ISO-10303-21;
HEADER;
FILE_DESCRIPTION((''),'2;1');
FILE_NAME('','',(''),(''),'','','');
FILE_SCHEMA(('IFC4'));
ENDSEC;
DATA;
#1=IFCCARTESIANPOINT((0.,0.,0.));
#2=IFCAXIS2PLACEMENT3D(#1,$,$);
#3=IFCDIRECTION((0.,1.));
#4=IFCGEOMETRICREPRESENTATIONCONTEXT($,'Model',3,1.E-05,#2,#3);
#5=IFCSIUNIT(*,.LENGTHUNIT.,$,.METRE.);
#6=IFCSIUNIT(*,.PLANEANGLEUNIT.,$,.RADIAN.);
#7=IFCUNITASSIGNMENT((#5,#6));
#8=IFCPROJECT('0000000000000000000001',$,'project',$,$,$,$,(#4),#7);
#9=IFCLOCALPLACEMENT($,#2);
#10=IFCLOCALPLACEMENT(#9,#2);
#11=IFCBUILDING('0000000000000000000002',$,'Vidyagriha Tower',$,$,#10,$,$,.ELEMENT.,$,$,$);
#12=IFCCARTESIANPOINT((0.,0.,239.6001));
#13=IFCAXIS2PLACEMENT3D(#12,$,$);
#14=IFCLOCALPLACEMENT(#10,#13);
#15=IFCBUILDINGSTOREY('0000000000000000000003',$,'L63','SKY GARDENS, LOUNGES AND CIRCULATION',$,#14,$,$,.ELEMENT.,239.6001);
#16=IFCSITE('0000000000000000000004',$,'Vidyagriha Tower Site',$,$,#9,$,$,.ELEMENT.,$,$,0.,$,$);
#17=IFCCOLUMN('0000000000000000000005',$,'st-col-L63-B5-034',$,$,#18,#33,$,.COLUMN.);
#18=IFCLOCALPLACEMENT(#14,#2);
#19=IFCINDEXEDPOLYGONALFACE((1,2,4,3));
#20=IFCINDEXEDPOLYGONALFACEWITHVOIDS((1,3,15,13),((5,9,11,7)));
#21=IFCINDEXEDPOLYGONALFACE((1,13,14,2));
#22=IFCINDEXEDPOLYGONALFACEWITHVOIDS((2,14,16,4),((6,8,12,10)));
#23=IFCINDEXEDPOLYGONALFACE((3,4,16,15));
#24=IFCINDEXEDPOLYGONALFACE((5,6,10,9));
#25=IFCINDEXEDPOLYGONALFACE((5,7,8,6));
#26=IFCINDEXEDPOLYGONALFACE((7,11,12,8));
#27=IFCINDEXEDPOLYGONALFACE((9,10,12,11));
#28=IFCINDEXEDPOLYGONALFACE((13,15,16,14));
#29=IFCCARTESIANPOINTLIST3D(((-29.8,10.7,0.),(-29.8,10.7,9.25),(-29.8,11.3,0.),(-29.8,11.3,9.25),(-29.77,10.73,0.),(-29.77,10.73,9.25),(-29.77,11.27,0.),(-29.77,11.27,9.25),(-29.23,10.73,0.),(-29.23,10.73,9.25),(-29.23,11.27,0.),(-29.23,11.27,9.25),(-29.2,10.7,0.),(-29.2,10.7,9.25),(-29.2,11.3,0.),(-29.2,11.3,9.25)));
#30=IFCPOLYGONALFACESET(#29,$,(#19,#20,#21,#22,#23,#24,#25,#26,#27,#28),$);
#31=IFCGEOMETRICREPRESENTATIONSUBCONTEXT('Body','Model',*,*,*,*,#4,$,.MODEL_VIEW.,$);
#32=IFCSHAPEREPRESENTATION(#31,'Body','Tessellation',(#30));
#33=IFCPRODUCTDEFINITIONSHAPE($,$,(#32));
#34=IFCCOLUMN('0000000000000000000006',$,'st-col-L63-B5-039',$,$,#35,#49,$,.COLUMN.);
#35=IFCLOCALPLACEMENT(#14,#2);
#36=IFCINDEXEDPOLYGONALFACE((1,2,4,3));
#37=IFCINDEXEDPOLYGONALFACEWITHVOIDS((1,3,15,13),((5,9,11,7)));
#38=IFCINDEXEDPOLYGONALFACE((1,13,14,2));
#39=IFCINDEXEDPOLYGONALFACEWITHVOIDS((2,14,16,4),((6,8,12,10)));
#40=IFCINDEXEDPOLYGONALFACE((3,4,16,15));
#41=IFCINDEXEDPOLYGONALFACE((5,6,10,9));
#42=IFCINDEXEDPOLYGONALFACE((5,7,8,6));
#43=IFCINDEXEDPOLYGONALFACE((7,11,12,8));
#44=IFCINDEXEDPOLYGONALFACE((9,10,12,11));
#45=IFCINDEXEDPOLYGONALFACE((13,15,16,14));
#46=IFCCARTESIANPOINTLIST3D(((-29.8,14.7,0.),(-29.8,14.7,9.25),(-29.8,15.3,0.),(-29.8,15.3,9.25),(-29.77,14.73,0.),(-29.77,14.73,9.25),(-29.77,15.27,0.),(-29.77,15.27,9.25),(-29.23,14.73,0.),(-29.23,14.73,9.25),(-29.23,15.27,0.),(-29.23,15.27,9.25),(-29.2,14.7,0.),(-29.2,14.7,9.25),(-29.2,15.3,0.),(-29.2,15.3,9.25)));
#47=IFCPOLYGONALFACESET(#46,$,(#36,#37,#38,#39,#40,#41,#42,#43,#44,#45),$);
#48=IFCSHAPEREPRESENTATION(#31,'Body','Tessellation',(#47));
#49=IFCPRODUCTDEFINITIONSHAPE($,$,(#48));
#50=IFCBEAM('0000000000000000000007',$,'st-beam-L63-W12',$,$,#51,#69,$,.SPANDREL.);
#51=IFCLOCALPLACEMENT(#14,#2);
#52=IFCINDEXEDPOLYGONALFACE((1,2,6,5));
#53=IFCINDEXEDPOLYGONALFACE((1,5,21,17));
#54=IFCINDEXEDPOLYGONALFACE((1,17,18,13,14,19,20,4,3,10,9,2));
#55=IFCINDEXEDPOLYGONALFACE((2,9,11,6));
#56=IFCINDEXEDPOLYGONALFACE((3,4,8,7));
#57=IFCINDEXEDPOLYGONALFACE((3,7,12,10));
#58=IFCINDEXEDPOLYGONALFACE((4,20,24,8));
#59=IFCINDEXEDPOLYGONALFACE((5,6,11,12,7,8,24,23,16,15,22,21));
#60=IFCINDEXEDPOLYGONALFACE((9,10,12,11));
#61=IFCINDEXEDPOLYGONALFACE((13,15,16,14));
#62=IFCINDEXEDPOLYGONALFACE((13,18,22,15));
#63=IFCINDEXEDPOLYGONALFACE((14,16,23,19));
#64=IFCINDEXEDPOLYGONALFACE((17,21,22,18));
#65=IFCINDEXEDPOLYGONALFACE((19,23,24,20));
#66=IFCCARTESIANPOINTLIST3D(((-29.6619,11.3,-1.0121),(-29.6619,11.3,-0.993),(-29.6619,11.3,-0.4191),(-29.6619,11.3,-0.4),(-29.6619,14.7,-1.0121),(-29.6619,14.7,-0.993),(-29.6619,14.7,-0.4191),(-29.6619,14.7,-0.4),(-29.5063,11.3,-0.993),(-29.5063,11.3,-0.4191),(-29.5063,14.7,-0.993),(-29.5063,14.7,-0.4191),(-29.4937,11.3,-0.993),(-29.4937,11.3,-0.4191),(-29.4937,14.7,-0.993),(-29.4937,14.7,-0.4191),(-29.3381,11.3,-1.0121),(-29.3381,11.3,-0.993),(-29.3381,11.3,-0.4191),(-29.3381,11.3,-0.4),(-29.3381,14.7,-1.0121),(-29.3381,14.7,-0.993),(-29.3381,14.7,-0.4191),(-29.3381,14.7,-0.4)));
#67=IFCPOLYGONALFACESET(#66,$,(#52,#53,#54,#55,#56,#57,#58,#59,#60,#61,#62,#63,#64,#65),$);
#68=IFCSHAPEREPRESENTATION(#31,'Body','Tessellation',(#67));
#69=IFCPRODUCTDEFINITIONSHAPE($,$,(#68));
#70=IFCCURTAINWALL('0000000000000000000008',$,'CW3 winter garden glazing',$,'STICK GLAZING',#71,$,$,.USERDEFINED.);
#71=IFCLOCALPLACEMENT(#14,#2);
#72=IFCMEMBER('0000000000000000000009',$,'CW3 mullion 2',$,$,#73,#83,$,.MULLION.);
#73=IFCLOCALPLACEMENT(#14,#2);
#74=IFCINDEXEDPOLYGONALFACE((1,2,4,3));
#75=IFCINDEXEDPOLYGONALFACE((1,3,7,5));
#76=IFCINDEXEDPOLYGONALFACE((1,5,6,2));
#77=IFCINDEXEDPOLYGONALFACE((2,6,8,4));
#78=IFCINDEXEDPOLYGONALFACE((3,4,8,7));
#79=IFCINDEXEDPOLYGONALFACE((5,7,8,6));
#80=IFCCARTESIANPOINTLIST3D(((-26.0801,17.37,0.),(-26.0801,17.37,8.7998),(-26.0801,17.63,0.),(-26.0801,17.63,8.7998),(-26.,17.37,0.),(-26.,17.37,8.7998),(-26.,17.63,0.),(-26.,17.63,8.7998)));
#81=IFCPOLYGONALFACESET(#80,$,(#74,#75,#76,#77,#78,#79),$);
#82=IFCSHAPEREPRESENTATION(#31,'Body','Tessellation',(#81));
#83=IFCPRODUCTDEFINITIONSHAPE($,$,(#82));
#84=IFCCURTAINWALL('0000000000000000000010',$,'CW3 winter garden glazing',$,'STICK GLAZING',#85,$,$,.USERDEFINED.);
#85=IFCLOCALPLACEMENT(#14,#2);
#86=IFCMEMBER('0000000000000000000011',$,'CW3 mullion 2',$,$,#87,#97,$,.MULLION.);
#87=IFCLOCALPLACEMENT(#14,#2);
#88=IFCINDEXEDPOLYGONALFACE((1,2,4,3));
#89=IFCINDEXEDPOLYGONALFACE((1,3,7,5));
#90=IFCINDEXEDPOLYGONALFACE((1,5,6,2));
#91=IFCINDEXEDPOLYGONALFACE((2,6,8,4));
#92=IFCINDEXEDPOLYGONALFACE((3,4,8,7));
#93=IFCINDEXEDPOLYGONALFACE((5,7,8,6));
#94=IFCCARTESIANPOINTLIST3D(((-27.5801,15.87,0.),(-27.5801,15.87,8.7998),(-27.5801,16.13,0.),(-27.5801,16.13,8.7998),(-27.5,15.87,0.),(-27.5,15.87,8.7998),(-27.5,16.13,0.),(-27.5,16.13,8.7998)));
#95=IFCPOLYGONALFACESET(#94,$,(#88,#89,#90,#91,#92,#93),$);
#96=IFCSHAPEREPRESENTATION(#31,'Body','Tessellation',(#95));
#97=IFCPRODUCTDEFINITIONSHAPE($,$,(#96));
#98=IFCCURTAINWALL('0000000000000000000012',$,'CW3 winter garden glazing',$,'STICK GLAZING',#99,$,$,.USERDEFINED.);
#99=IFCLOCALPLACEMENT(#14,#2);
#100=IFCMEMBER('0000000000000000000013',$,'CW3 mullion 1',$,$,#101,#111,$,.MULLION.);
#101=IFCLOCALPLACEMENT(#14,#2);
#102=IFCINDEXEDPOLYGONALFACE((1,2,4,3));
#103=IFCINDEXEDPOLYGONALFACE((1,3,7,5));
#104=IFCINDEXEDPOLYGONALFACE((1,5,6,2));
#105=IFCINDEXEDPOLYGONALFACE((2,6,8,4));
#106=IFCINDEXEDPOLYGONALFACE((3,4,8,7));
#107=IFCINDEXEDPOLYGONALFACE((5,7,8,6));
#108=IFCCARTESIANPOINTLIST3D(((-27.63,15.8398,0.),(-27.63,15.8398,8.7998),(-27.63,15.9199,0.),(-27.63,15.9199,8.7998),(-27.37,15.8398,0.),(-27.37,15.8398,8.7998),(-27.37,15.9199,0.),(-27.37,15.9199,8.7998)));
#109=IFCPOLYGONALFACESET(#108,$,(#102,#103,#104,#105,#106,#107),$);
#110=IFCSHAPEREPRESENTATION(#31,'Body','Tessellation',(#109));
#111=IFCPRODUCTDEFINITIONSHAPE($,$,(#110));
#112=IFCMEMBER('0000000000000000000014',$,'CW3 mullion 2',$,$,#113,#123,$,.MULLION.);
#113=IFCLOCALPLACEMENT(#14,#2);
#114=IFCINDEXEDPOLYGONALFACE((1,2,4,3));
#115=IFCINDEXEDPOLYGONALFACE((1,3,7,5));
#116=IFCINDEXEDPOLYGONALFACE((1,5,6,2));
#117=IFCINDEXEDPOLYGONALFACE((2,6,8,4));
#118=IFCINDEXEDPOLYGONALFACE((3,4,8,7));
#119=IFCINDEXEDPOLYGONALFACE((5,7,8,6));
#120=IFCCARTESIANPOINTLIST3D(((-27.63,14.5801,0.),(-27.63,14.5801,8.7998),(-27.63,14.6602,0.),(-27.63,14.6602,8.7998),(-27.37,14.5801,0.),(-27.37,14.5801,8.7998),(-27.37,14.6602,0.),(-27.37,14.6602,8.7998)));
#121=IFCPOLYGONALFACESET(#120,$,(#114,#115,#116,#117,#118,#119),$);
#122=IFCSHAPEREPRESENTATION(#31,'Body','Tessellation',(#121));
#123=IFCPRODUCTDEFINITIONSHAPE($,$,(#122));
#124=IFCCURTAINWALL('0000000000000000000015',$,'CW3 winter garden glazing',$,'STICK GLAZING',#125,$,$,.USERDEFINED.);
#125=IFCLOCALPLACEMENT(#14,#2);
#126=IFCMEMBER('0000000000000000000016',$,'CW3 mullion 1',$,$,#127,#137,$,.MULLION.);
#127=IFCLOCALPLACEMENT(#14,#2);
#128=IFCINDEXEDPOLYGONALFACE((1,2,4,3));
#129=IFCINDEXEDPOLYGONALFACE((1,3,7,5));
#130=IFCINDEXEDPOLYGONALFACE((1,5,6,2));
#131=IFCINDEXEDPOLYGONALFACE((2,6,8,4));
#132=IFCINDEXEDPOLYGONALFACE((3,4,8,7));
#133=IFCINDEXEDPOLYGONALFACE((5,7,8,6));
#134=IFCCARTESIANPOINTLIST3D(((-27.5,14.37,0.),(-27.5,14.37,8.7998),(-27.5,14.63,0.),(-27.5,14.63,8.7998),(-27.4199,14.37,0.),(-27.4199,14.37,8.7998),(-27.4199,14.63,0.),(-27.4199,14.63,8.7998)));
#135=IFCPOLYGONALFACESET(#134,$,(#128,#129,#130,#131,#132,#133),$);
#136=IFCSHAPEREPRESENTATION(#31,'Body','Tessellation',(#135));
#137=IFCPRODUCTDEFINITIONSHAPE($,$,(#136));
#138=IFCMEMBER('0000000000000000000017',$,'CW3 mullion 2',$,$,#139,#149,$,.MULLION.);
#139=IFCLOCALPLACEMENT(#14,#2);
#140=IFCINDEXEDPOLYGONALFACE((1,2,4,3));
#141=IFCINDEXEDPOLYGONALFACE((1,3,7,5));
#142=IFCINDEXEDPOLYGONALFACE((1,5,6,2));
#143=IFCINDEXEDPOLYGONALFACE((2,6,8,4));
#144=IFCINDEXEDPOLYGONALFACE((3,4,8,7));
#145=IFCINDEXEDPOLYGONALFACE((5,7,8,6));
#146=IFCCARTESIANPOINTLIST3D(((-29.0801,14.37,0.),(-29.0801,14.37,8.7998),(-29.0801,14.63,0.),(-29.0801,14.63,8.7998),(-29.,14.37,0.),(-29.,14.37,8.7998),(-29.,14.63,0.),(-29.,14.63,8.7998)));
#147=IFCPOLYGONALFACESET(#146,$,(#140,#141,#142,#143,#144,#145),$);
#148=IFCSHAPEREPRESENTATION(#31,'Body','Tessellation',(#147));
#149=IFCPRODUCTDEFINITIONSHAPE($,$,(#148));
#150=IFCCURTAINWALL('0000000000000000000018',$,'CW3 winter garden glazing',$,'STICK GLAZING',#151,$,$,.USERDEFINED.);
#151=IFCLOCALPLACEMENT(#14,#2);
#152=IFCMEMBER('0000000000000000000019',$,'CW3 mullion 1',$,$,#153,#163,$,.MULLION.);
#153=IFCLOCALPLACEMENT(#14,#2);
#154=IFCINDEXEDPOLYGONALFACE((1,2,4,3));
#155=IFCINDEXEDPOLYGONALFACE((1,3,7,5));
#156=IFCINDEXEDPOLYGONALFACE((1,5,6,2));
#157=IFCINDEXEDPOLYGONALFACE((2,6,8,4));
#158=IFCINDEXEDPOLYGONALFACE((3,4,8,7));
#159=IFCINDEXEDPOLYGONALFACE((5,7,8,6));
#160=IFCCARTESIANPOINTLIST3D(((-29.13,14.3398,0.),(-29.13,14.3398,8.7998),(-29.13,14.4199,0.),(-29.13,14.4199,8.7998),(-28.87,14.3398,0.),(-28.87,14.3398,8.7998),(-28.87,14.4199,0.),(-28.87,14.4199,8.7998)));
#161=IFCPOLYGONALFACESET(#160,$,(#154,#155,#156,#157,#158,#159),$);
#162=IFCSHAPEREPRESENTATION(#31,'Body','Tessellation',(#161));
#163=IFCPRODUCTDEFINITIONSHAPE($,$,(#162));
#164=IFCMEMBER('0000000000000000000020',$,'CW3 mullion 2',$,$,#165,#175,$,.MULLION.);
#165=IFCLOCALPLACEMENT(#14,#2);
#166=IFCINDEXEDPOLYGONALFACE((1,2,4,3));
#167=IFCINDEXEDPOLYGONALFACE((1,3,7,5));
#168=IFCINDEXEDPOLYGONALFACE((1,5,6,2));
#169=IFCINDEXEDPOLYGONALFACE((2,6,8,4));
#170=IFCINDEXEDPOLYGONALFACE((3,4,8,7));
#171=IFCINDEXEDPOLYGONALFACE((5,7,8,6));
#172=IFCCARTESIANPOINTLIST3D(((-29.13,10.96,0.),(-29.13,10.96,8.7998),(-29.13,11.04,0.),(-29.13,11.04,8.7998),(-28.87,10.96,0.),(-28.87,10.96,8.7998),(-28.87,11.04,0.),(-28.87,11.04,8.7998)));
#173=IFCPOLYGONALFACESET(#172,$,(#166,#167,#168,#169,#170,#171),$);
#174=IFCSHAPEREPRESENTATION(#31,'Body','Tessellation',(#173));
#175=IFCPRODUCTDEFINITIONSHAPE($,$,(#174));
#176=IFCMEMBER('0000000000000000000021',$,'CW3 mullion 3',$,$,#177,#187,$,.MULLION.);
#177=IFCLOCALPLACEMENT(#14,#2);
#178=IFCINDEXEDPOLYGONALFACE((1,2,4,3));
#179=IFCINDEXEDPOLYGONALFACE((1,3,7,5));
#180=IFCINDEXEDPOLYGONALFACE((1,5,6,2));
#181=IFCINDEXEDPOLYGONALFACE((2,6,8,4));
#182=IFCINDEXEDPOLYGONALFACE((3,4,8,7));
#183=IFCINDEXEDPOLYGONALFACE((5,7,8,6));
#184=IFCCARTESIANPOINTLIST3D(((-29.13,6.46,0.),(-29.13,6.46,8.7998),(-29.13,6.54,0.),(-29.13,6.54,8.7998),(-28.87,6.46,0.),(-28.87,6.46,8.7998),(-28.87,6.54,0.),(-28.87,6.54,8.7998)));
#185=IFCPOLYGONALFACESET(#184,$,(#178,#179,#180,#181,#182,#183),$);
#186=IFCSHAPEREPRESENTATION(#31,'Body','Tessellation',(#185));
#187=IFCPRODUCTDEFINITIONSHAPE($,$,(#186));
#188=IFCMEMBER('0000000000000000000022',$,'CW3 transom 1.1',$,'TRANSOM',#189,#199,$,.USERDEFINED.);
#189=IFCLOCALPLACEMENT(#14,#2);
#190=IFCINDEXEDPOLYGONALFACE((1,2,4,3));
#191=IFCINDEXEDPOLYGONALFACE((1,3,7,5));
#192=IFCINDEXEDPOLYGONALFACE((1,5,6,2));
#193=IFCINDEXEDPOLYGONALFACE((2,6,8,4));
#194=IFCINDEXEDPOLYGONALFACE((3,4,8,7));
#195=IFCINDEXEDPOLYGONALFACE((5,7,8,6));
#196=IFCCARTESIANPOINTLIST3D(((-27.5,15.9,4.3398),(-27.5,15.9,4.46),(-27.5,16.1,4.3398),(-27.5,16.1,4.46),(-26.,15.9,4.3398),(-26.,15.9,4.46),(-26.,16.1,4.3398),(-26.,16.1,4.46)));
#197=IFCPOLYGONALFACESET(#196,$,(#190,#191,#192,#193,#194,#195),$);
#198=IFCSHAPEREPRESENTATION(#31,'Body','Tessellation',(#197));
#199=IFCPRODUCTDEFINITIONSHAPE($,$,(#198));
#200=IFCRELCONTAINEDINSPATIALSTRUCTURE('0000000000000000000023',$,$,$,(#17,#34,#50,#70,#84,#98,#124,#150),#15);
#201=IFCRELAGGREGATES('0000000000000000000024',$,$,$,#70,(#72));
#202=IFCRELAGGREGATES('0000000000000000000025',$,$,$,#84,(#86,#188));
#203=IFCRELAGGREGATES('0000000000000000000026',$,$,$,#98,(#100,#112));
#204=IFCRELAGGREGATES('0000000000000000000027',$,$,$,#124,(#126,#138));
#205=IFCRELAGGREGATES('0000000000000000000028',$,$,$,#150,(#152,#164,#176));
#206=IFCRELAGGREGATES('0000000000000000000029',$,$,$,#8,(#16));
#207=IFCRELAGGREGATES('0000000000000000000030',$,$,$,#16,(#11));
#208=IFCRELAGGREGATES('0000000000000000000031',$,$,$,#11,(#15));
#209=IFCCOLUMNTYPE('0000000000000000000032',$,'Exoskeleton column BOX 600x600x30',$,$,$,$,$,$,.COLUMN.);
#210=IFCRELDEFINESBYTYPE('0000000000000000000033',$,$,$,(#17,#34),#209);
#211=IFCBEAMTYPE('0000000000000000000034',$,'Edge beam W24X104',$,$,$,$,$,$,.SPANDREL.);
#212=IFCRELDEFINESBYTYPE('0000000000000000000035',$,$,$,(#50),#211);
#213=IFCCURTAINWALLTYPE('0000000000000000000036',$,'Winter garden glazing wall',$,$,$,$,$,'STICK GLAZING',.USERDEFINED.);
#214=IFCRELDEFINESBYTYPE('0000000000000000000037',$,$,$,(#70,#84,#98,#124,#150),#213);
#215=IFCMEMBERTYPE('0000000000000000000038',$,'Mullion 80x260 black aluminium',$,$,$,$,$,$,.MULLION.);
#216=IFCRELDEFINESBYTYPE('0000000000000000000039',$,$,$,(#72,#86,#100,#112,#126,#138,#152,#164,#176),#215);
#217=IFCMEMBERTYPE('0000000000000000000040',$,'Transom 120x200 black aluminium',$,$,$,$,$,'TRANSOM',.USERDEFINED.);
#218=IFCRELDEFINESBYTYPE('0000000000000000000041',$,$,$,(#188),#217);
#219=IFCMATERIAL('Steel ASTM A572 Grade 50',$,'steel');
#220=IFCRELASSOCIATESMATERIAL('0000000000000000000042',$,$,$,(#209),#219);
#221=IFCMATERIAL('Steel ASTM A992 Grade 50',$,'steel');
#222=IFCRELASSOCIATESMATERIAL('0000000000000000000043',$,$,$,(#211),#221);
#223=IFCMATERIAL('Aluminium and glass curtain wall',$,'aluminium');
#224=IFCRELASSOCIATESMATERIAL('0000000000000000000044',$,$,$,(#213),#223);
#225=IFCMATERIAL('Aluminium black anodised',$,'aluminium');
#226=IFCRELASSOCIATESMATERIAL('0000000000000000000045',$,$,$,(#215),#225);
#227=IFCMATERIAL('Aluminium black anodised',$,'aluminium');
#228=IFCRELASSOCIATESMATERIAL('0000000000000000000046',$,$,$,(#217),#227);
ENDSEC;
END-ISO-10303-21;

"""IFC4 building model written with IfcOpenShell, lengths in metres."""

from ifc_helpers import new_model, si_unit, direction, frame, origin, origin_2d, place, context, subcontext, project, spatial, rectangle, hollow_rectangle, i_section, extrude, material, material_profile, profile_set, type_object, element, aggregate, save


model = new_model("IFC4")

# Units and contexts
model_context = context("Model", 3, precision=1e-05, world=origin(), true_north=direction((0.0, 1.0)))
body_context = subcontext(model_context, "Body", "Model", "MODEL_VIEW")
ifc_project = project(units=[si_unit("LENGTHUNIT", "METRE"), si_unit("PLANEANGLEUNIT", "RADIAN")], contexts=[model_context])

# Site, building, storey
site_placement = place(None, origin())
site = spatial("IfcSite", under=ifc_project, at=site_placement, Name="Vidyagriha Tower Site", CompositionType="ELEMENT", RefElevation=0.0)
building_placement = place(site_placement, origin())
building = spatial("IfcBuilding", under=site, at=building_placement, Name="Vidyagriha Tower", CompositionType="ELEMENT")
storey_placement = place(building_placement, frame((0.0, 0.0, 239.6001)))
storey = spatial("IfcBuildingStorey", under=building, at=storey_placement, Name="L63", Description="SKY GARDENS, LOUNGES AND CIRCULATION", CompositionType="ELEMENT", Elevation=239.6001)

# Columns
ifc_material_1 = material(Name="Steel ASTM A572 Grade 50", Category="steel")
ifc_material_profile_1 = material_profile(ifc_material_1, hollow_rectangle(XDim=0.6001, YDim=0.6001, WallThickness=0.03, at=origin_2d()), Name="BOX 600x600x30")
ifc_profile_set_1 = profile_set([ifc_material_profile_1], Name="Steel ASTM A572 Grade 50")
column_type = type_object("IfcColumnType", Name="Exoskeleton column BOX 600x600x30", PredefinedType="COLUMN", material=ifc_profile_set_1)
for number, where, name in (
    (1, (-29.5, 11.0, 0.0), "st-col-L63-B5-034"),
    (2, (-29.5, 15.0, 0.0), "st-col-L63-B5-039"),
):
    element("IfcColumn", number, at=place(storey_placement, frame(where)), inside=storey, type_object=column_type, Name=name, PredefinedType="COLUMN", context=body_context, shape_type="SweptSolid", body=[
        extrude(hollow_rectangle(XDim=0.6001, YDim=0.6001, WallThickness=0.03, at=origin_2d()), origin(), (0.0, 0.0, 1.0), 9.25),
    ])

# Beam
ifc_material_2 = material(Name="Steel ASTM A992 Grade 50", Category="steel")
ifc_material_profile_2 = material_profile(ifc_material_2, i_section(OverallWidth=0.3237, OverallDepth=0.6121, WebThickness=0.0127, FlangeThickness=0.019, at=origin_2d()), Name="W24X104")
ifc_profile_set_2 = profile_set([ifc_material_profile_2], Name="Steel ASTM A992 Grade 50")
beam_type = type_object("IfcBeamType", Name="Edge beam W24X104", PredefinedType="SPANDREL", material=ifc_profile_set_2)
beam_placement = place(storey_placement, frame((-29.5, 11.3, -0.7061), z_axis=(0.0, 1.0, 0.0), x_axis=(-1.0, 0.0, 0.0)))
element("IfcBeam", 3, at=beam_placement, inside=storey, type_object=beam_type, Name="st-beam-L63-W12", PredefinedType="SPANDREL", context=body_context, shape_type="SweptSolid", body=[
    extrude(i_section(OverallWidth=0.3237, OverallDepth=0.6121, WebThickness=0.0127, FlangeThickness=0.019, at=origin_2d()), origin(), (0.0, 0.0, 1.0), 3.3999),
])

# Curtain walls, members
ifc_material_3 = material(Name="Aluminium and glass curtain wall", Category="aluminium")
curtain_wall_type = type_object("IfcCurtainWallType", Name="Winter garden glazing wall", ElementType="STICK GLAZING", PredefinedType="USERDEFINED", material=ifc_material_3)
curtain_wall_1_placement = place(storey_placement, origin())
curtain_wall_1 = element("IfcCurtainWall", 4, at=curtain_wall_1_placement, inside=storey, type_object=curtain_wall_type, Name="CW3 winter garden glazing", ObjectType="STICK GLAZING", PredefinedType="USERDEFINED")
ifc_material_4 = material(Name="Aluminium black anodised", Category="aluminium")
ifc_material_profile_3 = material_profile(ifc_material_4, rectangle(XDim=0.26, YDim=0.0801, at=origin_2d()), Name="Mullion 80x260 black aluminium")
ifc_profile_set_3 = profile_set([ifc_material_profile_3], Name="Aluminium black anodised")
member_type_1 = type_object("IfcMemberType", Name="Mullion 80x260 black aluminium", PredefinedType="MULLION", material=ifc_profile_set_3)
member_1_placement = place(storey_placement, frame((-26.04, 17.5, 0.0), z_axis=(0.0, 0.0, 1.0), x_axis=(0.0, -1.0, 0.0)))
member_1 = element("IfcMember", 5, at=member_1_placement, type_object=member_type_1, Name="CW3 mullion 2", PredefinedType="MULLION", context=body_context, shape_type="SweptSolid", body=[
    extrude(rectangle(XDim=0.26, YDim=0.0801, at=origin_2d()), origin(), (0.0, 0.0, 1.0), 8.7998),
])
aggregate(curtain_wall_1, [member_1])
curtain_wall_2_placement = place(storey_placement, origin())
curtain_wall_2 = element("IfcCurtainWall", 6, at=curtain_wall_2_placement, inside=storey, type_object=curtain_wall_type, Name="CW3 winter garden glazing", ObjectType="STICK GLAZING", PredefinedType="USERDEFINED")
member_2_placement = place(storey_placement, frame((-27.54, 16.0, 0.0), z_axis=(0.0, 0.0, 1.0), x_axis=(0.0, -1.0, 0.0)))
member_2 = element("IfcMember", 7, at=member_2_placement, type_object=member_type_1, Name="CW3 mullion 2", PredefinedType="MULLION", context=body_context, shape_type="SweptSolid", body=[
    extrude(rectangle(XDim=0.26, YDim=0.0801, at=origin_2d()), origin(), (0.0, 0.0, 1.0), 8.7998),
])

# Curtain walls, members
curtain_wall_3_placement = place(storey_placement, origin())
curtain_wall_3 = element("IfcCurtainWall", 8, at=curtain_wall_3_placement, inside=storey, type_object=curtain_wall_type, Name="CW3 winter garden glazing", ObjectType="STICK GLAZING", PredefinedType="USERDEFINED")
member_3_placement = place(storey_placement, frame((-27.5, 15.8799, 0.0)))
member_3 = element("IfcMember", 9, at=member_3_placement, type_object=member_type_1, Name="CW3 mullion 1", PredefinedType="MULLION", context=body_context, shape_type="SweptSolid", body=[
    extrude(rectangle(XDim=0.26, YDim=0.0801, at=origin_2d()), origin(), (0.0, 0.0, 1.0), 8.7998),
])
member_4_placement = place(storey_placement, frame((-27.5, 14.6201, 0.0)))
member_4 = element("IfcMember", 10, at=member_4_placement, type_object=member_type_1, Name="CW3 mullion 2", PredefinedType="MULLION", context=body_context, shape_type="SweptSolid", body=[
    extrude(rectangle(XDim=0.26, YDim=0.0801, at=origin_2d()), origin(), (0.0, 0.0, 1.0), 8.7998),
])
curtain_wall_4_placement = place(storey_placement, origin())
curtain_wall_4 = element("IfcCurtainWall", 11, at=curtain_wall_4_placement, inside=storey, type_object=curtain_wall_type, Name="CW3 winter garden glazing", ObjectType="STICK GLAZING", PredefinedType="USERDEFINED")
member_5_placement = place(storey_placement, frame((-27.46, 14.5, 0.0), z_axis=(0.0, 0.0, 1.0), x_axis=(0.0, -1.0, 0.0)))
member_5 = element("IfcMember", 12, at=member_5_placement, type_object=member_type_1, Name="CW3 mullion 1", PredefinedType="MULLION", context=body_context, shape_type="SweptSolid", body=[
    extrude(rectangle(XDim=0.26, YDim=0.0801, at=origin_2d()), origin(), (0.0, 0.0, 1.0), 8.7998),
])
member_6_placement = place(storey_placement, frame((-29.04, 14.5, 0.0), z_axis=(0.0, 0.0, 1.0), x_axis=(0.0, -1.0, 0.0)))
member_6 = element("IfcMember", 13, at=member_6_placement, type_object=member_type_1, Name="CW3 mullion 2", PredefinedType="MULLION", context=body_context, shape_type="SweptSolid", body=[
    extrude(rectangle(XDim=0.26, YDim=0.0801, at=origin_2d()), origin(), (0.0, 0.0, 1.0), 8.7998),
])
curtain_wall_5_placement = place(storey_placement, origin())
curtain_wall_5 = element("IfcCurtainWall", 14, at=curtain_wall_5_placement, inside=storey, type_object=curtain_wall_type, Name="CW3 winter garden glazing", ObjectType="STICK GLAZING", PredefinedType="USERDEFINED")
member_7_placement = place(storey_placement, frame((-29.0, 14.3799, 0.0)))
member_7 = element("IfcMember", 15, at=member_7_placement, type_object=member_type_1, Name="CW3 mullion 1", PredefinedType="MULLION", context=body_context, shape_type="SweptSolid", body=[
    extrude(rectangle(XDim=0.26, YDim=0.0801, at=origin_2d()), origin(), (0.0, 0.0, 1.0), 8.7998),
])
member_8_placement = place(storey_placement, frame((-29.0, 11.0, 0.0)))
member_8 = element("IfcMember", 16, at=member_8_placement, type_object=member_type_1, Name="CW3 mullion 2", PredefinedType="MULLION", context=body_context, shape_type="SweptSolid", body=[
    extrude(rectangle(XDim=0.26, YDim=0.0801, at=origin_2d()), origin(), (0.0, 0.0, 1.0), 8.7998),
])
member_9_placement = place(storey_placement, frame((-29.0, 6.5, 0.0)))
member_9 = element("IfcMember", 17, at=member_9_placement, type_object=member_type_1, Name="CW3 mullion 3", PredefinedType="MULLION", context=body_context, shape_type="SweptSolid", body=[
    extrude(rectangle(XDim=0.26, YDim=0.0801, at=origin_2d()), origin(), (0.0, 0.0, 1.0), 8.7998),
])

# Member
ifc_material_5 = material(Name="Aluminium black anodised", Category="aluminium")
ifc_material_profile_4 = material_profile(ifc_material_5, rectangle(XDim=0.2, YDim=0.1201, at=origin_2d()), Name="Transom 120x200 black aluminium")
ifc_profile_set_4 = profile_set([ifc_material_profile_4], Name="Aluminium black anodised")
member_type_2 = type_object("IfcMemberType", Name="Transom 120x200 black aluminium", ElementType="TRANSOM", PredefinedType="USERDEFINED", material=ifc_profile_set_4)
member_10_placement = place(storey_placement, frame((-26.0, 16.0, 4.3999), z_axis=(-1.0, 0.0, 0.0), x_axis=(0.0, -1.0, 0.0)))
member_10 = element("IfcMember", 18, at=member_10_placement, type_object=member_type_2, Name="CW3 transom 1.1", ObjectType="TRANSOM", PredefinedType="USERDEFINED", context=body_context, shape_type="SweptSolid", body=[
    extrude(rectangle(XDim=0.2, YDim=0.1201, at=origin_2d()), origin(), (0.0, 0.0, 1.0), 1.5),
])

aggregate(curtain_wall_2, [member_2, member_10])
aggregate(curtain_wall_3, [member_3, member_4])
aggregate(curtain_wall_4, [member_5, member_6])
aggregate(curtain_wall_5, [member_7, member_8, member_9])

save(model, "model.ifc")
